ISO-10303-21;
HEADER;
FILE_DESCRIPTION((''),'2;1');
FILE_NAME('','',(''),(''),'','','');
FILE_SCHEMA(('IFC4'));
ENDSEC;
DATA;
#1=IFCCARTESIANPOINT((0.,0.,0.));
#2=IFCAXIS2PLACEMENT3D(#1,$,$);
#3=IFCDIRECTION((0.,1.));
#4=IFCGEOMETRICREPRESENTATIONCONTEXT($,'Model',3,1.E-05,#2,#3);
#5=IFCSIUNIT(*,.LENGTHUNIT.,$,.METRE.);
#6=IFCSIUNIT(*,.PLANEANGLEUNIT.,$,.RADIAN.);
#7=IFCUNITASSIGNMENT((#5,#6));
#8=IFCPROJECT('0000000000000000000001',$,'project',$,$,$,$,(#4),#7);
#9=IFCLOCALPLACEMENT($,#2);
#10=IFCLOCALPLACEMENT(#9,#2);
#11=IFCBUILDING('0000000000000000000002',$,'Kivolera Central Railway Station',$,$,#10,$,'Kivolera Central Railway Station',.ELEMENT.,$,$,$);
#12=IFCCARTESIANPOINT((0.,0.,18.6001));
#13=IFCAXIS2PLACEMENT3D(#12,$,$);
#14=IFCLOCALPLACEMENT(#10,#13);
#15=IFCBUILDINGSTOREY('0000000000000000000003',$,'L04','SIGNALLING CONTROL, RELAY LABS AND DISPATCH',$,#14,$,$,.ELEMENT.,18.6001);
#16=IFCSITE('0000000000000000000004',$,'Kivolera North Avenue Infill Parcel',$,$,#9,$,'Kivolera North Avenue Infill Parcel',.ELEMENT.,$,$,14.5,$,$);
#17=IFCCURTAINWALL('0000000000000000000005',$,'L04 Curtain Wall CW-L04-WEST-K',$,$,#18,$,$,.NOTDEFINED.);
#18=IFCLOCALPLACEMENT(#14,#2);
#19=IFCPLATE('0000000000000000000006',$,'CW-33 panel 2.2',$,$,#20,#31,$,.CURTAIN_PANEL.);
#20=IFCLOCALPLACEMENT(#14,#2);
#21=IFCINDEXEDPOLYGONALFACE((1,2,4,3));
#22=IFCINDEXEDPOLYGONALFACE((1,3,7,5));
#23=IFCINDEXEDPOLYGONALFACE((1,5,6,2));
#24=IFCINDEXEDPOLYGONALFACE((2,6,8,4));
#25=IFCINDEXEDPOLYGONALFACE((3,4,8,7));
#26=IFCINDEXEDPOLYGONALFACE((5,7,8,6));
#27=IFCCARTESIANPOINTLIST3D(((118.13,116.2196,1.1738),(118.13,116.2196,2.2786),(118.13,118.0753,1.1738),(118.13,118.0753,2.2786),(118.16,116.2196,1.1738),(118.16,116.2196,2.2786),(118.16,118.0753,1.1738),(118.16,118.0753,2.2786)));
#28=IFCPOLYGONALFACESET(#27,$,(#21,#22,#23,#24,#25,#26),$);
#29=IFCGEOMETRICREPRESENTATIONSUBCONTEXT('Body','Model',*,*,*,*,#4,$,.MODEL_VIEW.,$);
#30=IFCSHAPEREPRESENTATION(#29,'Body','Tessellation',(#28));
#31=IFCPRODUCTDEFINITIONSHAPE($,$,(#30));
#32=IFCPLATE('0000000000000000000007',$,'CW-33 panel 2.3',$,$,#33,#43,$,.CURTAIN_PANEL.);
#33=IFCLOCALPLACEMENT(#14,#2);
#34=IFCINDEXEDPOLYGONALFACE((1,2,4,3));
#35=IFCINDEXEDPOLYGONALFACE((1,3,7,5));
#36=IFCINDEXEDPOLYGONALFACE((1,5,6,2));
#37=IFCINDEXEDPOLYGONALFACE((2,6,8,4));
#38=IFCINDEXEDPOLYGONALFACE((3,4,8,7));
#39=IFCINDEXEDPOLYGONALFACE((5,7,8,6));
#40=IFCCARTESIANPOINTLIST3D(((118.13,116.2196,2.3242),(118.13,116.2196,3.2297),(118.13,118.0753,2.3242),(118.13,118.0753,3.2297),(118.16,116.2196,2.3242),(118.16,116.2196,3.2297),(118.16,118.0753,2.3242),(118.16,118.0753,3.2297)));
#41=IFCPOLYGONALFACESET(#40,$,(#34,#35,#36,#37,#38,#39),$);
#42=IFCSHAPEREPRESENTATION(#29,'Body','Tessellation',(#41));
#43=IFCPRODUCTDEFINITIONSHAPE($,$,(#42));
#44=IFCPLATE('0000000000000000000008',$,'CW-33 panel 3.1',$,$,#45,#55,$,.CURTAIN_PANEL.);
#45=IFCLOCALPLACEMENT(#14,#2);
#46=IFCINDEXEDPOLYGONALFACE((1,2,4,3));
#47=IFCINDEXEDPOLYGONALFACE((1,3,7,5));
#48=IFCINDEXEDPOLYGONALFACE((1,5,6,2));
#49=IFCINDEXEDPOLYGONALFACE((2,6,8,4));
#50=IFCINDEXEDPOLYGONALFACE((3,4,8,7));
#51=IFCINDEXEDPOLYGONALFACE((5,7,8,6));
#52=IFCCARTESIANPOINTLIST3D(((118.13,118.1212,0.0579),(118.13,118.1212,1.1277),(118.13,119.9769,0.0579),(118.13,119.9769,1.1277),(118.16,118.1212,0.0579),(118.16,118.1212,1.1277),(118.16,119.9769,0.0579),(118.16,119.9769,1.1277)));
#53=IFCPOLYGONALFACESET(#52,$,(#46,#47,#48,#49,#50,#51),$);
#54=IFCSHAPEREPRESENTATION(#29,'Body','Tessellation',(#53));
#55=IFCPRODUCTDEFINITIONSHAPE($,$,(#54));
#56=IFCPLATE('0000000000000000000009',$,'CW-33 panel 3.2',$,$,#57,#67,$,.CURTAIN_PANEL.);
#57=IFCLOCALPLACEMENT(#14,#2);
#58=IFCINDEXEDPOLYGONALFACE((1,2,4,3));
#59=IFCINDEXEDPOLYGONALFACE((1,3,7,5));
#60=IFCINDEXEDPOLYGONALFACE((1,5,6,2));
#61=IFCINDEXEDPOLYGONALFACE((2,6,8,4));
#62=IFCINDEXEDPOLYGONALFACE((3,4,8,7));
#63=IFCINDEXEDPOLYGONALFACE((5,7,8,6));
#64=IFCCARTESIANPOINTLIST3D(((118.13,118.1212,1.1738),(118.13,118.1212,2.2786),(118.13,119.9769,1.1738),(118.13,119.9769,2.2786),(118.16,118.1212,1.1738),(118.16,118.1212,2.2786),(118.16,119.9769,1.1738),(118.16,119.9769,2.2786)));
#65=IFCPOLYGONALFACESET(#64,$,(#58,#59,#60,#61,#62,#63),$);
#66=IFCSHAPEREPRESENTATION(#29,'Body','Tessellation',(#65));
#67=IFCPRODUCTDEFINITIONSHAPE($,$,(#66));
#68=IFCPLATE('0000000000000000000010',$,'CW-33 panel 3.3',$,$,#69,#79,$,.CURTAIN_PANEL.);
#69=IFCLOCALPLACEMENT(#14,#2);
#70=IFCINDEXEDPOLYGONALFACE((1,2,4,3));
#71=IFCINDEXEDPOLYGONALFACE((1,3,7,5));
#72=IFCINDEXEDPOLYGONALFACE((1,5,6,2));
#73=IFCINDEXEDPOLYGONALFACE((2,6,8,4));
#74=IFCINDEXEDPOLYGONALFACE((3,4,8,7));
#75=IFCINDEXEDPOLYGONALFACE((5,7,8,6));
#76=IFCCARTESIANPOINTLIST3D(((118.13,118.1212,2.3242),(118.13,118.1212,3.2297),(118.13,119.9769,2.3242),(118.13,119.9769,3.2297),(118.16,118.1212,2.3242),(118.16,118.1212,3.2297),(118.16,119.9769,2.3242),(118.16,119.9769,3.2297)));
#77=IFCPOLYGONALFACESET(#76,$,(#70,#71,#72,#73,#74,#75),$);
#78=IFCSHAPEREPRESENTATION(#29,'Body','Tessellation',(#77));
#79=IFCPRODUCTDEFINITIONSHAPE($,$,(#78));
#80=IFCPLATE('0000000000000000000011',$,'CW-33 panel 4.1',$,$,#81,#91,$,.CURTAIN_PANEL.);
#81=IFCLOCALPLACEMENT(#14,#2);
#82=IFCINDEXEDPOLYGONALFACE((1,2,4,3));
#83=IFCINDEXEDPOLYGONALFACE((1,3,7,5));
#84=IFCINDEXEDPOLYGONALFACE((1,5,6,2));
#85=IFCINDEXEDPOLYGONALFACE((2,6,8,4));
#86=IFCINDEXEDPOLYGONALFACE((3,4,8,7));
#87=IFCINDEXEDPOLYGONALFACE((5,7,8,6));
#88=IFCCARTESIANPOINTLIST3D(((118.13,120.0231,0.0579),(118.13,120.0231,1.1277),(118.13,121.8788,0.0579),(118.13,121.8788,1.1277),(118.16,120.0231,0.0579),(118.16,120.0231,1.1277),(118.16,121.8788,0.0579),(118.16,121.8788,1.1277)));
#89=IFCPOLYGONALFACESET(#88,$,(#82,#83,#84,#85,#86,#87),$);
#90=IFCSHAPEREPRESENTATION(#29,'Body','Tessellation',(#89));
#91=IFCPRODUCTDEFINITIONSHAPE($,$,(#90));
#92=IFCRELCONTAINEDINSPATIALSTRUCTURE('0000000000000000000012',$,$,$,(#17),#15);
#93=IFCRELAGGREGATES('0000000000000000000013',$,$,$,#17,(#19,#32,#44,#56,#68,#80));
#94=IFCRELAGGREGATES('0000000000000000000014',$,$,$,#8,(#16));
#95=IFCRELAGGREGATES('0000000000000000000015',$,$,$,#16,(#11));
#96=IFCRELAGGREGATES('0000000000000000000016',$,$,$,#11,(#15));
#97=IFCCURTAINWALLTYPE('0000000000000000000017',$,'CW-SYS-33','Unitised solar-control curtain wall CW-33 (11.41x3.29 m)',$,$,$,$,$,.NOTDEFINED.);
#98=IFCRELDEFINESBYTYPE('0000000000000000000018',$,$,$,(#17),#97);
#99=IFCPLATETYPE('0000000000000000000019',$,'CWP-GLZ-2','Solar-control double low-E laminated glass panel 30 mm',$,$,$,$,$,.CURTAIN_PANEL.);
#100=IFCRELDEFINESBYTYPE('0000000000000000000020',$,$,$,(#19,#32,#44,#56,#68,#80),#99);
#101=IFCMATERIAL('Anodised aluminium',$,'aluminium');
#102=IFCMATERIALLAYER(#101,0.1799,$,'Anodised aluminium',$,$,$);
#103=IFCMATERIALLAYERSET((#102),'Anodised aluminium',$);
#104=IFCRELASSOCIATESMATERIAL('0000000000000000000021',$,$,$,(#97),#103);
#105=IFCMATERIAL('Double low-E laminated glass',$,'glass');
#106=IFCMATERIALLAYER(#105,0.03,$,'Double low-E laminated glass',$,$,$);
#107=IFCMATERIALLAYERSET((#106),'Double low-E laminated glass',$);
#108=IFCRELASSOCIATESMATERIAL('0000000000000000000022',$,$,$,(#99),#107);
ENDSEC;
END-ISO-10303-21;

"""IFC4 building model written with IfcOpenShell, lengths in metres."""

from ifc_helpers import new_model, si_unit, direction, frame, origin, origin_2d, place, context, subcontext, project, spatial, rectangle, extrude, material, layer, layer_set, type_object, element, aggregate, save


model = new_model("IFC4")

# Units and contexts
model_context = context("Model", 3, precision=1e-05, world=origin(), true_north=direction((0.0, 1.0)))
body_context = subcontext(model_context, "Body", "Model", "MODEL_VIEW")
ifc_project = project(units=[si_unit("LENGTHUNIT", "METRE"), si_unit("PLANEANGLEUNIT", "RADIAN")], contexts=[model_context])

# Site, building, storey
site_placement = place(None, origin())
site = spatial("IfcSite", under=ifc_project, at=site_placement, Name="Kivolera North Avenue Infill Parcel", LongName="Kivolera North Avenue Infill Parcel", CompositionType="ELEMENT", RefElevation=14.5)
building_placement = place(site_placement, origin())
building = spatial("IfcBuilding", under=site, at=building_placement, Name="Kivolera Central Railway Station", LongName="Kivolera Central Railway Station", CompositionType="ELEMENT")
storey_placement = place(building_placement, frame((0.0, 0.0, 18.6001)))
storey = spatial("IfcBuildingStorey", under=building, at=storey_placement, Name="L04", Description="SIGNALLING CONTROL, RELAY LABS AND DISPATCH", CompositionType="ELEMENT", Elevation=18.6001)

# Curtain wall, plates
ifc_material_1 = material(Name="Anodised aluminium", Category="aluminium")
ifc_layer_1 = layer(ifc_material_1, 0.1799, Name="Anodised aluminium")
ifc_layer_set_1 = layer_set([ifc_layer_1], Name="Anodised aluminium")
curtain_wall_type = type_object("IfcCurtainWallType", Name="CW-SYS-33", Description="Unitised solar-control curtain wall CW-33 (11.41x3.29 m)", PredefinedType="NOTDEFINED", material=ifc_layer_set_1)
curtain_wall_placement = place(storey_placement, origin())
curtain_wall = element("IfcCurtainWall", 1, at=curtain_wall_placement, inside=storey, type_object=curtain_wall_type, Name="L04 Curtain Wall CW-L04-WEST-K", PredefinedType="NOTDEFINED")
ifc_material_2 = material(Name="Double low-E laminated glass", Category="glass")
ifc_layer_2 = layer(ifc_material_2, 0.03, Name="Double low-E laminated glass")
ifc_layer_set_2 = layer_set([ifc_layer_2], Name="Double low-E laminated glass")
plate_type = type_object("IfcPlateType", Name="CWP-GLZ-2", Description="Solar-control double low-E laminated glass panel 30 mm", PredefinedType="CURTAIN_PANEL", material=ifc_layer_set_2)
plate_1_placement = place(storey_placement, frame((118.145, 117.1475, 1.1738), z_axis=(0.0, 0.0, 1.0), x_axis=(0.0, 1.0, 0.0)))
plate_1 = element("IfcPlate", 2, at=plate_1_placement, type_object=plate_type, Name="CW-33 panel 2.2", PredefinedType="CURTAIN_PANEL", context=body_context, shape_type="SweptSolid", body=[
    extrude(rectangle(XDim=1.8557, YDim=0.03, at=origin_2d()), origin(), (0.0, 0.0, 1.0), 1.1047),
])
plate_2_placement = place(storey_placement, frame((118.145, 117.1475, 2.3242), z_axis=(0.0, 0.0, 1.0), x_axis=(0.0, 1.0, 0.0)))
plate_2 = element("IfcPlate", 3, at=plate_2_placement, type_object=plate_type, Name="CW-33 panel 2.3", PredefinedType="CURTAIN_PANEL", context=body_context, shape_type="SweptSolid", body=[
    extrude(rectangle(XDim=1.8557, YDim=0.03, at=origin_2d()), origin(), (0.0, 0.0, 1.0), 0.9055),
])
plate_3_placement = place(storey_placement, frame((118.145, 119.0491, 0.0579), z_axis=(0.0, 0.0, 1.0), x_axis=(0.0, 1.0, 0.0)))
plate_3 = element("IfcPlate", 4, at=plate_3_placement, type_object=plate_type, Name="CW-33 panel 3.1", PredefinedType="CURTAIN_PANEL", context=body_context, shape_type="SweptSolid", body=[
    extrude(rectangle(XDim=1.8557, YDim=0.03, at=origin_2d()), origin(), (0.0, 0.0, 1.0), 1.0698),
])
plate_4_placement = place(storey_placement, frame((118.145, 119.0491, 1.1738), z_axis=(0.0, 0.0, 1.0), x_axis=(0.0, 1.0, 0.0)))
plate_4 = element("IfcPlate", 5, at=plate_4_placement, type_object=plate_type, Name="CW-33 panel 3.2", PredefinedType="CURTAIN_PANEL", context=body_context, shape_type="SweptSolid", body=[
    extrude(rectangle(XDim=1.8557, YDim=0.03, at=origin_2d()), origin(), (0.0, 0.0, 1.0), 1.1047),
])
plate_5_placement = place(storey_placement, frame((118.145, 119.0491, 2.3242), z_axis=(0.0, 0.0, 1.0), x_axis=(0.0, 1.0, 0.0)))
plate_5 = element("IfcPlate", 6, at=plate_5_placement, type_object=plate_type, Name="CW-33 panel 3.3", PredefinedType="CURTAIN_PANEL", context=body_context, shape_type="SweptSolid", body=[
    extrude(rectangle(XDim=1.8557, YDim=0.03, at=origin_2d()), origin(), (0.0, 0.0, 1.0), 0.9055),
])
plate_6_placement = place(storey_placement, frame((118.145, 120.9509, 0.0579), z_axis=(0.0, 0.0, 1.0), x_axis=(0.0, 1.0, 0.0)))
plate_6 = element("IfcPlate", 7, at=plate_6_placement, type_object=plate_type, Name="CW-33 panel 4.1", PredefinedType="CURTAIN_PANEL", context=body_context, shape_type="SweptSolid", body=[
    extrude(rectangle(XDim=1.8557, YDim=0.03, at=origin_2d()), origin(), (0.0, 0.0, 1.0), 1.0698),
])
aggregate(curtain_wall, [plate_1, plate_2, plate_3, plate_4, plate_5, plate_6])

save(model, "model.ifc")
